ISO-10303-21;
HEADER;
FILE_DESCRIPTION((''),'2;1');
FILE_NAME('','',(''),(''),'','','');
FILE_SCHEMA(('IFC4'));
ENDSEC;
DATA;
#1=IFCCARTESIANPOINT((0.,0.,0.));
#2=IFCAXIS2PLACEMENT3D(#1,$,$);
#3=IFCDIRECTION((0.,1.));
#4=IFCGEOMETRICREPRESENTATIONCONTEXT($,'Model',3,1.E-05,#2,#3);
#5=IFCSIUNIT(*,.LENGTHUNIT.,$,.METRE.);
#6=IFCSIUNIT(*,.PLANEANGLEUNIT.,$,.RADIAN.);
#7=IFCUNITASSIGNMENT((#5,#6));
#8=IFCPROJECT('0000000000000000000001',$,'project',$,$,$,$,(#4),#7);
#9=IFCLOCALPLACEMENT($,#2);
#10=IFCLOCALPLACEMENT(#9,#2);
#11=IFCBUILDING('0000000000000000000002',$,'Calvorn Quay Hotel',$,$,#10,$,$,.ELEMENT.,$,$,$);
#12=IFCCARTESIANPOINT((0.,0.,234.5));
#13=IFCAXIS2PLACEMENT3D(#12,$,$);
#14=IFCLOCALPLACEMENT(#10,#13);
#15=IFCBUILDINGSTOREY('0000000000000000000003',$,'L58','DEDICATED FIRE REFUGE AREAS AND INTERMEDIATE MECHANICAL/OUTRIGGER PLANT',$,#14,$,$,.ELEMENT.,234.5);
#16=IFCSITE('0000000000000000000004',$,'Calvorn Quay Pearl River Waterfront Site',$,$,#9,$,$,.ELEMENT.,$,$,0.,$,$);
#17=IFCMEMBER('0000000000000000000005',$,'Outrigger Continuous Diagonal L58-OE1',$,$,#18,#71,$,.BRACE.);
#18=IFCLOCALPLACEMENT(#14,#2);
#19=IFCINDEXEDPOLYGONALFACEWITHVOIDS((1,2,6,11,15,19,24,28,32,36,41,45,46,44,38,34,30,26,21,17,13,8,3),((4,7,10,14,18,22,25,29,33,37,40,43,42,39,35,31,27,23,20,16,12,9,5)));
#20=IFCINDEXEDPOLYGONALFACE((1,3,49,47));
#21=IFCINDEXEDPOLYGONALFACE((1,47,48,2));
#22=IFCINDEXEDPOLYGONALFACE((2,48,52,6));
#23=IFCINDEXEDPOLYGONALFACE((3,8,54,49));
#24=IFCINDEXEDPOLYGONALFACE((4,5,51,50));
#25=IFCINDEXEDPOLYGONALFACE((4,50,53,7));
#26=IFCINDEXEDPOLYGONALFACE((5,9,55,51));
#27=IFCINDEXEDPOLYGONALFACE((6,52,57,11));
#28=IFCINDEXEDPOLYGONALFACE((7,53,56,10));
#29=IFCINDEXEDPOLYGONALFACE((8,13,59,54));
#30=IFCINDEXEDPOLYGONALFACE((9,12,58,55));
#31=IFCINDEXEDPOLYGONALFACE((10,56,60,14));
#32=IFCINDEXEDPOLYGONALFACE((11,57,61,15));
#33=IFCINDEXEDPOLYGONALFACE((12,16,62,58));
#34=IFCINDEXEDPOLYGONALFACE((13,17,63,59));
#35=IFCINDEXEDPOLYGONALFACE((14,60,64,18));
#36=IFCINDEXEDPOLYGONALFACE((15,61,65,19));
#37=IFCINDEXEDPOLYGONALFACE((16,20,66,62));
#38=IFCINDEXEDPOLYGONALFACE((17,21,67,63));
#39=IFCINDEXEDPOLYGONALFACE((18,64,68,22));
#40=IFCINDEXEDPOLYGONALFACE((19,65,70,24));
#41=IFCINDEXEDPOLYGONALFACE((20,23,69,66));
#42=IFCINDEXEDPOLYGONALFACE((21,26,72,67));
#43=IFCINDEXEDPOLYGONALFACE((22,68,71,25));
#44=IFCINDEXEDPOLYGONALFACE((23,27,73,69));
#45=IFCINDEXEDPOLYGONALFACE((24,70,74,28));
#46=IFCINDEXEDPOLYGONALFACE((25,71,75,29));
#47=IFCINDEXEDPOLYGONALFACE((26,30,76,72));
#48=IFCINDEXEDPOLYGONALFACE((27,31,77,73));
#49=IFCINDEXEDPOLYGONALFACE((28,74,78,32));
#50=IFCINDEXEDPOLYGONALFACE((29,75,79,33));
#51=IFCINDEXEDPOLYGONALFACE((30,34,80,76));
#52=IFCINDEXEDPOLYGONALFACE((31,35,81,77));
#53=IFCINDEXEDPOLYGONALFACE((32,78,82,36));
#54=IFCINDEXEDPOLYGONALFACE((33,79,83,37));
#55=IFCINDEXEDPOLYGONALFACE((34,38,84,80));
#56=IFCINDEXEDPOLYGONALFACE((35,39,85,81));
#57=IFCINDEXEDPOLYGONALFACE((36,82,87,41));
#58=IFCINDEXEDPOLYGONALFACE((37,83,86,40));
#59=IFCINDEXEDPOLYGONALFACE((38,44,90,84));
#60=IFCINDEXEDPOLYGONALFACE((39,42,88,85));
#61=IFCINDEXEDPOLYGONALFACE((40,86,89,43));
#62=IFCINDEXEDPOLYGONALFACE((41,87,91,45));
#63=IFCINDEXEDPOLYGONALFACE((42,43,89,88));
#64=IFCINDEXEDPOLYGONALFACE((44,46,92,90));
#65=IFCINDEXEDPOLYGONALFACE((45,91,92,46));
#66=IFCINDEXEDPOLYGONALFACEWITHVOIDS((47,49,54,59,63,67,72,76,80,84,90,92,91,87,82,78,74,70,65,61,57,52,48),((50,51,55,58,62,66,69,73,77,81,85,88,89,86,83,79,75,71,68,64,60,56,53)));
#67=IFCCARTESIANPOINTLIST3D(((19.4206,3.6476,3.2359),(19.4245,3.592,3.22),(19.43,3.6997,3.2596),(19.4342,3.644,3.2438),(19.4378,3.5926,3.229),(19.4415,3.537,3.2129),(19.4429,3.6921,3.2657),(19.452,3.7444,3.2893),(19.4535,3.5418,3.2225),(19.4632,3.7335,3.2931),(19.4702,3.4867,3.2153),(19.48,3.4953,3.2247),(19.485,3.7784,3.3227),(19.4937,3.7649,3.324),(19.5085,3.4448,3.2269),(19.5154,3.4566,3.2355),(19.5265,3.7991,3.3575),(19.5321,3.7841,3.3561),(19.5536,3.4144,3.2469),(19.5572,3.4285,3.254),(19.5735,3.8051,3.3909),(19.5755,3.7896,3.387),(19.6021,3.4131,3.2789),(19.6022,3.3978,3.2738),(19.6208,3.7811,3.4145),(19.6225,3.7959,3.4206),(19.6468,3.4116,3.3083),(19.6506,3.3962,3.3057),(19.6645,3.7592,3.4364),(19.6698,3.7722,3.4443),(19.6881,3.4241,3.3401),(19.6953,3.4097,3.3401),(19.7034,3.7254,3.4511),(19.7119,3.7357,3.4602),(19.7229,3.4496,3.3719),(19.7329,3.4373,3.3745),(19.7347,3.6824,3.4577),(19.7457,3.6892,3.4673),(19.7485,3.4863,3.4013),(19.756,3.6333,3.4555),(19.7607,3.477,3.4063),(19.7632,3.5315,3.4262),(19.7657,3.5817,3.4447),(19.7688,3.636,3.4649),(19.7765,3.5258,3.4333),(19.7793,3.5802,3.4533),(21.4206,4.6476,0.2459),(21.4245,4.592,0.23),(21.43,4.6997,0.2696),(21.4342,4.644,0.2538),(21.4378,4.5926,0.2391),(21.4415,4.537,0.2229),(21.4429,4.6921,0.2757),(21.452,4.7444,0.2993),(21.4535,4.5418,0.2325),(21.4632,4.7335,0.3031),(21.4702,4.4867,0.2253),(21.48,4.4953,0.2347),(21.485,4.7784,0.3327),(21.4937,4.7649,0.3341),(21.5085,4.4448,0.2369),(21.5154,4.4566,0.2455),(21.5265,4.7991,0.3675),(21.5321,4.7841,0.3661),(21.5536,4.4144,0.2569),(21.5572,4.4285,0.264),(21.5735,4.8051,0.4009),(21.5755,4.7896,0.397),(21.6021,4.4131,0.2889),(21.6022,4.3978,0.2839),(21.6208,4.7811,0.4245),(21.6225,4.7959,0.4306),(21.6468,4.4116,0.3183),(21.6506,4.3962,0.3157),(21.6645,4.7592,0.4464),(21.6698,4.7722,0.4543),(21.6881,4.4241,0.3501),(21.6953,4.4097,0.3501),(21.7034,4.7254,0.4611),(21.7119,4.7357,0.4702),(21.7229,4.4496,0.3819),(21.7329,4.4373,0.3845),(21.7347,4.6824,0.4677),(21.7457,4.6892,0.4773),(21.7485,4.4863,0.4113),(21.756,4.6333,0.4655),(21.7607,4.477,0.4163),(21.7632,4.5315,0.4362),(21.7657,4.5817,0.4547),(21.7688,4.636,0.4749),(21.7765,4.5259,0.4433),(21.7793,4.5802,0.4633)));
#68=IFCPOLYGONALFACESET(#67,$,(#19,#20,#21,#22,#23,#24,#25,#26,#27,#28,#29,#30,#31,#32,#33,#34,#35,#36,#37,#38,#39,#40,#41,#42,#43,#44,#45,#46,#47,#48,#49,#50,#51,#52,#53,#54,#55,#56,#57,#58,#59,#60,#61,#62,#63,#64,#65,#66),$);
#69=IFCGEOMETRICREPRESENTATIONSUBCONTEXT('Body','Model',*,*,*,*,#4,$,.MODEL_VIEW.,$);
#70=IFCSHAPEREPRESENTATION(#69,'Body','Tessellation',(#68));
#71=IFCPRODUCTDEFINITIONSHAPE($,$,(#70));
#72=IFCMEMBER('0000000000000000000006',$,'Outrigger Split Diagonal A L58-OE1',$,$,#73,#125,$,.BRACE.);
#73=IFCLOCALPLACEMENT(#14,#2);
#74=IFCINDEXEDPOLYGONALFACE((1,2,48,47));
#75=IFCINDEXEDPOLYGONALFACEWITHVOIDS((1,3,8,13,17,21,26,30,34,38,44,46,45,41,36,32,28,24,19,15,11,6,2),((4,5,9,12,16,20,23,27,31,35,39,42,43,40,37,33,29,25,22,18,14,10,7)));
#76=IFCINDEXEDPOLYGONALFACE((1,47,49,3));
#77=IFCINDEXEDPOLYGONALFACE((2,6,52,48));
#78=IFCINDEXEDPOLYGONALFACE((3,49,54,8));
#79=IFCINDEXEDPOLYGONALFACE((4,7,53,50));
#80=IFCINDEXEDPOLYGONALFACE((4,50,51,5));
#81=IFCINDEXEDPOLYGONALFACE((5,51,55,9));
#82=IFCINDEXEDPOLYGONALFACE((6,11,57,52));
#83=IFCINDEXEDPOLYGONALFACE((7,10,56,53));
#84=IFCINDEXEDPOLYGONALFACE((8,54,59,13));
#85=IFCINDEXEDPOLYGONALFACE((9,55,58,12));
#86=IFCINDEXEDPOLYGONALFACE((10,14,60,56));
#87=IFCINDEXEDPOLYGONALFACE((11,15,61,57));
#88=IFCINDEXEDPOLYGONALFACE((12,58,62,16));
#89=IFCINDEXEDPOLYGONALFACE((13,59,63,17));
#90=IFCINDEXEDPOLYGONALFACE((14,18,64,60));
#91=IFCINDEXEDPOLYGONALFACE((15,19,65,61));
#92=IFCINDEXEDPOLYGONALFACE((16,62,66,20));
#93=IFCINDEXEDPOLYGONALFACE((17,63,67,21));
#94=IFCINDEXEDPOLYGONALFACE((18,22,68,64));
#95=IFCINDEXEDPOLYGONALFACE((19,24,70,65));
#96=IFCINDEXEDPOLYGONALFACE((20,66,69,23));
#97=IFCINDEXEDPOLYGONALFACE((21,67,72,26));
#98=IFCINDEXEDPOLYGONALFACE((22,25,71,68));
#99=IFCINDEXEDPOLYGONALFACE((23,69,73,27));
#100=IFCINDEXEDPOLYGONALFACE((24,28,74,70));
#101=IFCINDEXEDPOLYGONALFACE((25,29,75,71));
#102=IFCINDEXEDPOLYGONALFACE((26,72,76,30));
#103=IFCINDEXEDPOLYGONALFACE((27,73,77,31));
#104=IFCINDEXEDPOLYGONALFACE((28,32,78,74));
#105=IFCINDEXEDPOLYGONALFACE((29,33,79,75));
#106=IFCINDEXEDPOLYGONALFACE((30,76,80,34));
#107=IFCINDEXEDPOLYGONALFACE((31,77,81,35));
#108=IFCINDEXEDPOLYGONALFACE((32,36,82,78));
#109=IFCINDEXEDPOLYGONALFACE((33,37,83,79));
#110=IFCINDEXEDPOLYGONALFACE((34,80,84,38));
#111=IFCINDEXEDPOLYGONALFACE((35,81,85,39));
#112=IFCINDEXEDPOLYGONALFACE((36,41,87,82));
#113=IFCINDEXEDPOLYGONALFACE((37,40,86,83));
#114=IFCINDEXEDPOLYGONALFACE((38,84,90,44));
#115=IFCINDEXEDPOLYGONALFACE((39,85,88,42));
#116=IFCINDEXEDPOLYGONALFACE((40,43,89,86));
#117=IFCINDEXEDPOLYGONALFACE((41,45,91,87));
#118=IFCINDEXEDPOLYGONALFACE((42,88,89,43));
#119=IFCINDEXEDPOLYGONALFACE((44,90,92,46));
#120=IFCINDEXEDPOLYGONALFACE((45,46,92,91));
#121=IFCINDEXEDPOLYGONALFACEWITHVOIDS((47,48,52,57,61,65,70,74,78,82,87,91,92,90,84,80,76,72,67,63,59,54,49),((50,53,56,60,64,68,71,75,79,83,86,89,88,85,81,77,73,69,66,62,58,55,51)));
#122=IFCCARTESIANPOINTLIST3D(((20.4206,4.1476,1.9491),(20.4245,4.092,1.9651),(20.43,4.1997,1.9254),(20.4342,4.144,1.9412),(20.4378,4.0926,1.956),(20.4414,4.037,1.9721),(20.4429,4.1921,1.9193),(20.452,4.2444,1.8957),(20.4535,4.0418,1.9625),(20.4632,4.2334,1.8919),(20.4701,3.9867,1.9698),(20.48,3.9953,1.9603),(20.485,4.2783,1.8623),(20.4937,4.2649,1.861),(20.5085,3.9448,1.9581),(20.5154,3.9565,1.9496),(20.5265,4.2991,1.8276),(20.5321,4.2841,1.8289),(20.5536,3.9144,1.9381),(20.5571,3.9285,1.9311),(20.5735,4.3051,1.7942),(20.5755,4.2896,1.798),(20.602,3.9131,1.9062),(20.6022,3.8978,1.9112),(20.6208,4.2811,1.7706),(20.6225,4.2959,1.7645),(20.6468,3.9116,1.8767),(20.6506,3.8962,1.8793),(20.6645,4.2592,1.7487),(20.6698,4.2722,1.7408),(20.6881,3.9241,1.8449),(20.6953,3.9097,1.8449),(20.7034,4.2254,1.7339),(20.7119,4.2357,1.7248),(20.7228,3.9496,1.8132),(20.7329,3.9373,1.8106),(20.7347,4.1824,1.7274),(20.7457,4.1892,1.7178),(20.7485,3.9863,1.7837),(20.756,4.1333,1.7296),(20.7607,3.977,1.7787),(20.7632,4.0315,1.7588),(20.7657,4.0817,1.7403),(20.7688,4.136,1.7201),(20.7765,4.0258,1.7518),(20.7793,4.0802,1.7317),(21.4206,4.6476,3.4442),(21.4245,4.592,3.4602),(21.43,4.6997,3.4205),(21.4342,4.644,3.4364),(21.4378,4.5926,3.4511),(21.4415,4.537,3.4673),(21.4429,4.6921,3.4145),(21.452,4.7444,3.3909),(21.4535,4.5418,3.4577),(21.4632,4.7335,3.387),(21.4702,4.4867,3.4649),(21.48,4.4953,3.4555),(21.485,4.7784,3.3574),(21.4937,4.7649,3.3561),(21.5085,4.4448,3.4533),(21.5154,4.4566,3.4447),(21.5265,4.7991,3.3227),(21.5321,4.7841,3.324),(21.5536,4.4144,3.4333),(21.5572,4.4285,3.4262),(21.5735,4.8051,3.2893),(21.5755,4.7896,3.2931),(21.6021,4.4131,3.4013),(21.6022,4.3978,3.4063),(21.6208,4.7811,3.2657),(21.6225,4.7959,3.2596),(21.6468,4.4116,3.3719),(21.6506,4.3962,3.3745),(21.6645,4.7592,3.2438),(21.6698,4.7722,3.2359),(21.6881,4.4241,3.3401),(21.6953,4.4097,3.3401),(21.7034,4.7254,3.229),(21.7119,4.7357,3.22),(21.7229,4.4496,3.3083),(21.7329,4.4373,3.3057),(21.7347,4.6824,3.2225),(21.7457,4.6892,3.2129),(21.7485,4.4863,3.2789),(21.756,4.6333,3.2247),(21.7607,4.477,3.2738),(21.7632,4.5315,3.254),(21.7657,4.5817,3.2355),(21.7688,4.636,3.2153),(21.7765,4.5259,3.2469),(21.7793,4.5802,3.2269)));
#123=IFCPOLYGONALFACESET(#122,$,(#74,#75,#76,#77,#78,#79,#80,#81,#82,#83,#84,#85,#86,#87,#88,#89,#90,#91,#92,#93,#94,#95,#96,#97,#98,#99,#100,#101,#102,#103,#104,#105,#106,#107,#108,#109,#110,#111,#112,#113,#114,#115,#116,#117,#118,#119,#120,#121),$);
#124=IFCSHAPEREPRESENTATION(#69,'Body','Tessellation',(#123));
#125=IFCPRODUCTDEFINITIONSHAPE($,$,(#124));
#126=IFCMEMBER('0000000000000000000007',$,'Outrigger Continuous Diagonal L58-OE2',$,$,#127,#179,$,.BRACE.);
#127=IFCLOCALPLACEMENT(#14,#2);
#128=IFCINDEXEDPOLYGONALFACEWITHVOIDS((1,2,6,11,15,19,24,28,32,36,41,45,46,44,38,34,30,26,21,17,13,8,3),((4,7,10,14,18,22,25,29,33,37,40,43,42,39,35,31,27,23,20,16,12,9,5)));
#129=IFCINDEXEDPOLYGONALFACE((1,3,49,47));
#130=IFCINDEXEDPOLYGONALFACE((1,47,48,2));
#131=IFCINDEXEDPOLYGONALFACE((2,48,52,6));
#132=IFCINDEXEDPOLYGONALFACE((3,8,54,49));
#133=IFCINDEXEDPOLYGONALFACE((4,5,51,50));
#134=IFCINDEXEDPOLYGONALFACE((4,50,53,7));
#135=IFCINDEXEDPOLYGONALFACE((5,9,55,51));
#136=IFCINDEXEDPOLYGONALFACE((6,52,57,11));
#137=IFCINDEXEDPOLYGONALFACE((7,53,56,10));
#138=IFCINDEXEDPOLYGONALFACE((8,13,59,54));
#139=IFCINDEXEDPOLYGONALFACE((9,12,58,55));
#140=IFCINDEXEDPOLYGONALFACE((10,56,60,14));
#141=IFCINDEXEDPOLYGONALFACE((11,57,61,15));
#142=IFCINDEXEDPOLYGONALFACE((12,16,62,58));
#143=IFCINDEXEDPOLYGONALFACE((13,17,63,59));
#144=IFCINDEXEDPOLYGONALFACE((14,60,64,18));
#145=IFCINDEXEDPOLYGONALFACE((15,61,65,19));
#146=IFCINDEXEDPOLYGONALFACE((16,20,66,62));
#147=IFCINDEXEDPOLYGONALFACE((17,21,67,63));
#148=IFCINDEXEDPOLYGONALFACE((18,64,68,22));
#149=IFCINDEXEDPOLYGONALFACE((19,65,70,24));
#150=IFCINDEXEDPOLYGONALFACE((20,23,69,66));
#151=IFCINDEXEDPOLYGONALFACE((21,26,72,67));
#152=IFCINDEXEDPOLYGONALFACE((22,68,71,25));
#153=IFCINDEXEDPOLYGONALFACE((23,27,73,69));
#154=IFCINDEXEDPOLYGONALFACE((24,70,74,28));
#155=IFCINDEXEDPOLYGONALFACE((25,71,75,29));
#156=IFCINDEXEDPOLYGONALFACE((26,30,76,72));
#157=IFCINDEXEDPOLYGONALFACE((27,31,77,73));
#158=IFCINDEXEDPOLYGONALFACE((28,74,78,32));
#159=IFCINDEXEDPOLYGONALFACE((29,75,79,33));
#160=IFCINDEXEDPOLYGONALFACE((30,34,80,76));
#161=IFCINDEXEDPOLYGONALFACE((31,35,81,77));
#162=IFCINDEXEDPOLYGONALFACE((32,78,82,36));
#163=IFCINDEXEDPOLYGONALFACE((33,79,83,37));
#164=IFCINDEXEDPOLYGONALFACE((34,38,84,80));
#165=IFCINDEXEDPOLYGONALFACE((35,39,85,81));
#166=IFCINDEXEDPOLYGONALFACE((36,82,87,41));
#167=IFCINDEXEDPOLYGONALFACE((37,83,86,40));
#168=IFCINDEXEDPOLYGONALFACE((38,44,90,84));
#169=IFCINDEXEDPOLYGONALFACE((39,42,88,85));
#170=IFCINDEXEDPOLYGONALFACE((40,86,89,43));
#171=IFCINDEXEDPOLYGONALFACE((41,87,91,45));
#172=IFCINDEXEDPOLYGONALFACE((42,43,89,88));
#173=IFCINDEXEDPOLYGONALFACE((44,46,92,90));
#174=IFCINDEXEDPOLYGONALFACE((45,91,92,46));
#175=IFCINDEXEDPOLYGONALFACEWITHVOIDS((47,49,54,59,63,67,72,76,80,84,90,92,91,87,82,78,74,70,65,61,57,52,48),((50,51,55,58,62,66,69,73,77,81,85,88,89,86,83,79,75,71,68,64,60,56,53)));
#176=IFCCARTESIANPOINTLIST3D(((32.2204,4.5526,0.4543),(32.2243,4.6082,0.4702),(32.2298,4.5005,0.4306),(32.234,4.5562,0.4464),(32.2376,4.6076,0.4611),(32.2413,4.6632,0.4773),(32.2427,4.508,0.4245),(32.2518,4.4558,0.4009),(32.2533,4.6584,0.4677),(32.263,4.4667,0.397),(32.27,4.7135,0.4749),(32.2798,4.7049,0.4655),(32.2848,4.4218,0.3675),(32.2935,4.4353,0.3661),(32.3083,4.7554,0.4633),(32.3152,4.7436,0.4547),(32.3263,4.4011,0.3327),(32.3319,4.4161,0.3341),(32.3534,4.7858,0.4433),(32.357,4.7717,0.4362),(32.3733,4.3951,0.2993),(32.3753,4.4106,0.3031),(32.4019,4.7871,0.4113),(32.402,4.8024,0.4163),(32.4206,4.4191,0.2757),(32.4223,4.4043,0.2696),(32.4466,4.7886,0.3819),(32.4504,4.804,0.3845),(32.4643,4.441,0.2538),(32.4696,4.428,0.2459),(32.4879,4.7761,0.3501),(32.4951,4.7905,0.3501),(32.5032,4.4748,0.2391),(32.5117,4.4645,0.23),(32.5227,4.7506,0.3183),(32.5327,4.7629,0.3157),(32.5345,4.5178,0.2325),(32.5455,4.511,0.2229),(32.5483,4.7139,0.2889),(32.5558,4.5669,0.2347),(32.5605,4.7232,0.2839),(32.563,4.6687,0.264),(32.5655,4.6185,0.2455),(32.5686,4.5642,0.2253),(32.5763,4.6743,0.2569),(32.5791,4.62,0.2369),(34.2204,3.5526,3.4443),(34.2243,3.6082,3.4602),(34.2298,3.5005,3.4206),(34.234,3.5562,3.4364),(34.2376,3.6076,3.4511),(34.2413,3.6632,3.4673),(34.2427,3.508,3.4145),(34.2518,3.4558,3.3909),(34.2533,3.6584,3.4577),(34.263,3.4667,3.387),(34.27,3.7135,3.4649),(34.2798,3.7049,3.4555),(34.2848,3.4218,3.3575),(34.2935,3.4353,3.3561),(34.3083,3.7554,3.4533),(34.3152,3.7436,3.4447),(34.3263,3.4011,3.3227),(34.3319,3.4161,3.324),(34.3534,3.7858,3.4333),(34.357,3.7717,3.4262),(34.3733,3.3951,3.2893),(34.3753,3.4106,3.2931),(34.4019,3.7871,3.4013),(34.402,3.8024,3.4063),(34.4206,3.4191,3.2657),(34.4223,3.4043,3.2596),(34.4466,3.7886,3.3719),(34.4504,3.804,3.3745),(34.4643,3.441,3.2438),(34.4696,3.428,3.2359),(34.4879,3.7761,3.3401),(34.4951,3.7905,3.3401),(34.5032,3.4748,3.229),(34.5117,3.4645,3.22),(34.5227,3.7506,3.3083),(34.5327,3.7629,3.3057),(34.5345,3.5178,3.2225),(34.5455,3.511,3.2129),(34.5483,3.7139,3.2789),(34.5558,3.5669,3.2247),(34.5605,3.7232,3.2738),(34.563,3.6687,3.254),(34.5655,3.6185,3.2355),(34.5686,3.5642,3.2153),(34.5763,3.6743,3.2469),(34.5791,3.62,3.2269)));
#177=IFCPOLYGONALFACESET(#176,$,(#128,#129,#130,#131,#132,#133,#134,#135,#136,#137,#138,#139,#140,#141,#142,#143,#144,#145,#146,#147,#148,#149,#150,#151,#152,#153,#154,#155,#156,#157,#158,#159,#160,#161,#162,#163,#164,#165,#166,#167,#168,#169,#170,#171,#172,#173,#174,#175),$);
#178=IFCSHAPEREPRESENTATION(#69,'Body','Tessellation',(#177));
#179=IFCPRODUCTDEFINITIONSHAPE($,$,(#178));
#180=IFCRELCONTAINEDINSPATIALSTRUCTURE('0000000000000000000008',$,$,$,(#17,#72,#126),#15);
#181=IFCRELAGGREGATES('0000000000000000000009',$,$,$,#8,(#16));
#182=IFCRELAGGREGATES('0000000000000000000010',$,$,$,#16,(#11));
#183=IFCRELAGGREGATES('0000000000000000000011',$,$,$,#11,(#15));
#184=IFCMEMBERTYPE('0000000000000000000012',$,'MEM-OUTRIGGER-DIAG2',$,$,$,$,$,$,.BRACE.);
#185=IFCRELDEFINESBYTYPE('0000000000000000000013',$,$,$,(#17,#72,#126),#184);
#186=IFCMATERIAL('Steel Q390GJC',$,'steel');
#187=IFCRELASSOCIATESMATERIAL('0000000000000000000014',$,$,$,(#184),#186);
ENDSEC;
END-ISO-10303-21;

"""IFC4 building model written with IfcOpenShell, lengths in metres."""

from ifc_helpers import new_model, si_unit, direction, frame, origin, origin_2d, place, context, subcontext, project, spatial, hollow_circle, extrude, material, material_profile, profile_set, type_object, element, save


model = new_model("IFC4")

# Units and contexts
model_context = context("Model", 3, precision=1e-05, world=origin(), true_north=direction((0.0, 1.0)))
body_context = subcontext(model_context, "Body", "Model", "MODEL_VIEW")
ifc_project = project(units=[si_unit("LENGTHUNIT", "METRE"), si_unit("PLANEANGLEUNIT", "RADIAN")], contexts=[model_context])

# Site, building, storey
site_placement = place(None, origin())
site = spatial("IfcSite", under=ifc_project, at=site_placement, Name="Calvorn Quay Pearl River Waterfront Site", CompositionType="ELEMENT", RefElevation=0.0)
building_placement = place(site_placement, origin())
building = spatial("IfcBuilding", under=site, at=building_placement, Name="Calvorn Quay Hotel", CompositionType="ELEMENT")
storey_placement = place(building_placement, frame((0.0, 0.0, 234.5)))
storey = spatial("IfcBuildingStorey", under=building, at=storey_placement, Name="L58", Description="DEDICATED FIRE REFUGE AREAS AND INTERMEDIATE MECHANICAL/OUTRIGGER PLANT", CompositionType="ELEMENT", Elevation=234.5)

# Members
ifc_material_1 = material(Name="Steel Q390GJC", Category="steel")
ifc_material_profile_1 = material_profile(ifc_material_1, hollow_circle(Radius=0.2129, WallThickness=0.0161, at=origin_2d()), Name="CHS426x16")
ifc_profile_set_1 = profile_set([ifc_material_profile_1], Name="Steel Q390GJC")
member_type_1 = type_object("IfcMemberType", Name="MEM-OUTRIGGER-DIAG2", PredefinedType="BRACE", material=ifc_profile_set_1)
member_1_placement = place(storey_placement, frame((21.6001, 4.6001, 0.3501), z_axis=(-0.535671, -0.267835, 0.800825), x_axis=(0.447214, -0.894427, 0.0)))
element("IfcMember", 1, at=member_1_placement, inside=storey, type_object=member_type_1, Name="Outrigger Continuous Diagonal L58-OE1", PredefinedType="BRACE", context=body_context, shape_type="SweptSolid", body=[
    extrude(hollow_circle(Radius=0.2129, WallThickness=0.0161, at=origin_2d()), origin(), (0.0, 0.0, 1.0), 3.7336),
])
member_2_placement = place(storey_placement, frame((21.6001, 4.6001, 3.3401), z_axis=(-0.535643, -0.267821, -0.800849), x_axis=(0.447214, -0.894427, 0.0)))
element("IfcMember", 2, at=member_2_placement, inside=storey, type_object=member_type_1, Name="Outrigger Split Diagonal A L58-OE1", PredefinedType="BRACE", context=body_context, shape_type="SweptSolid", body=[
    extrude(hollow_circle(Radius=0.2129, WallThickness=0.0161, at=origin_2d()), origin(), (0.0, 0.0, 1.0), 1.8669),
])
member_3_placement = place(storey_placement, frame((32.3999, 4.6001, 0.3501), z_axis=(0.535671, -0.267835, 0.800825), x_axis=(0.447214, 0.894427, 0.0)))
element("IfcMember", 3, at=member_3_placement, inside=storey, type_object=member_type_1, Name="Outrigger Continuous Diagonal L58-OE2", PredefinedType="BRACE", context=body_context, shape_type="SweptSolid", body=[
    extrude(hollow_circle(Radius=0.2129, WallThickness=0.0161, at=origin_2d()), origin(), (0.0, 0.0, 1.0), 3.7336),
])

save(model, "model.ifc")
